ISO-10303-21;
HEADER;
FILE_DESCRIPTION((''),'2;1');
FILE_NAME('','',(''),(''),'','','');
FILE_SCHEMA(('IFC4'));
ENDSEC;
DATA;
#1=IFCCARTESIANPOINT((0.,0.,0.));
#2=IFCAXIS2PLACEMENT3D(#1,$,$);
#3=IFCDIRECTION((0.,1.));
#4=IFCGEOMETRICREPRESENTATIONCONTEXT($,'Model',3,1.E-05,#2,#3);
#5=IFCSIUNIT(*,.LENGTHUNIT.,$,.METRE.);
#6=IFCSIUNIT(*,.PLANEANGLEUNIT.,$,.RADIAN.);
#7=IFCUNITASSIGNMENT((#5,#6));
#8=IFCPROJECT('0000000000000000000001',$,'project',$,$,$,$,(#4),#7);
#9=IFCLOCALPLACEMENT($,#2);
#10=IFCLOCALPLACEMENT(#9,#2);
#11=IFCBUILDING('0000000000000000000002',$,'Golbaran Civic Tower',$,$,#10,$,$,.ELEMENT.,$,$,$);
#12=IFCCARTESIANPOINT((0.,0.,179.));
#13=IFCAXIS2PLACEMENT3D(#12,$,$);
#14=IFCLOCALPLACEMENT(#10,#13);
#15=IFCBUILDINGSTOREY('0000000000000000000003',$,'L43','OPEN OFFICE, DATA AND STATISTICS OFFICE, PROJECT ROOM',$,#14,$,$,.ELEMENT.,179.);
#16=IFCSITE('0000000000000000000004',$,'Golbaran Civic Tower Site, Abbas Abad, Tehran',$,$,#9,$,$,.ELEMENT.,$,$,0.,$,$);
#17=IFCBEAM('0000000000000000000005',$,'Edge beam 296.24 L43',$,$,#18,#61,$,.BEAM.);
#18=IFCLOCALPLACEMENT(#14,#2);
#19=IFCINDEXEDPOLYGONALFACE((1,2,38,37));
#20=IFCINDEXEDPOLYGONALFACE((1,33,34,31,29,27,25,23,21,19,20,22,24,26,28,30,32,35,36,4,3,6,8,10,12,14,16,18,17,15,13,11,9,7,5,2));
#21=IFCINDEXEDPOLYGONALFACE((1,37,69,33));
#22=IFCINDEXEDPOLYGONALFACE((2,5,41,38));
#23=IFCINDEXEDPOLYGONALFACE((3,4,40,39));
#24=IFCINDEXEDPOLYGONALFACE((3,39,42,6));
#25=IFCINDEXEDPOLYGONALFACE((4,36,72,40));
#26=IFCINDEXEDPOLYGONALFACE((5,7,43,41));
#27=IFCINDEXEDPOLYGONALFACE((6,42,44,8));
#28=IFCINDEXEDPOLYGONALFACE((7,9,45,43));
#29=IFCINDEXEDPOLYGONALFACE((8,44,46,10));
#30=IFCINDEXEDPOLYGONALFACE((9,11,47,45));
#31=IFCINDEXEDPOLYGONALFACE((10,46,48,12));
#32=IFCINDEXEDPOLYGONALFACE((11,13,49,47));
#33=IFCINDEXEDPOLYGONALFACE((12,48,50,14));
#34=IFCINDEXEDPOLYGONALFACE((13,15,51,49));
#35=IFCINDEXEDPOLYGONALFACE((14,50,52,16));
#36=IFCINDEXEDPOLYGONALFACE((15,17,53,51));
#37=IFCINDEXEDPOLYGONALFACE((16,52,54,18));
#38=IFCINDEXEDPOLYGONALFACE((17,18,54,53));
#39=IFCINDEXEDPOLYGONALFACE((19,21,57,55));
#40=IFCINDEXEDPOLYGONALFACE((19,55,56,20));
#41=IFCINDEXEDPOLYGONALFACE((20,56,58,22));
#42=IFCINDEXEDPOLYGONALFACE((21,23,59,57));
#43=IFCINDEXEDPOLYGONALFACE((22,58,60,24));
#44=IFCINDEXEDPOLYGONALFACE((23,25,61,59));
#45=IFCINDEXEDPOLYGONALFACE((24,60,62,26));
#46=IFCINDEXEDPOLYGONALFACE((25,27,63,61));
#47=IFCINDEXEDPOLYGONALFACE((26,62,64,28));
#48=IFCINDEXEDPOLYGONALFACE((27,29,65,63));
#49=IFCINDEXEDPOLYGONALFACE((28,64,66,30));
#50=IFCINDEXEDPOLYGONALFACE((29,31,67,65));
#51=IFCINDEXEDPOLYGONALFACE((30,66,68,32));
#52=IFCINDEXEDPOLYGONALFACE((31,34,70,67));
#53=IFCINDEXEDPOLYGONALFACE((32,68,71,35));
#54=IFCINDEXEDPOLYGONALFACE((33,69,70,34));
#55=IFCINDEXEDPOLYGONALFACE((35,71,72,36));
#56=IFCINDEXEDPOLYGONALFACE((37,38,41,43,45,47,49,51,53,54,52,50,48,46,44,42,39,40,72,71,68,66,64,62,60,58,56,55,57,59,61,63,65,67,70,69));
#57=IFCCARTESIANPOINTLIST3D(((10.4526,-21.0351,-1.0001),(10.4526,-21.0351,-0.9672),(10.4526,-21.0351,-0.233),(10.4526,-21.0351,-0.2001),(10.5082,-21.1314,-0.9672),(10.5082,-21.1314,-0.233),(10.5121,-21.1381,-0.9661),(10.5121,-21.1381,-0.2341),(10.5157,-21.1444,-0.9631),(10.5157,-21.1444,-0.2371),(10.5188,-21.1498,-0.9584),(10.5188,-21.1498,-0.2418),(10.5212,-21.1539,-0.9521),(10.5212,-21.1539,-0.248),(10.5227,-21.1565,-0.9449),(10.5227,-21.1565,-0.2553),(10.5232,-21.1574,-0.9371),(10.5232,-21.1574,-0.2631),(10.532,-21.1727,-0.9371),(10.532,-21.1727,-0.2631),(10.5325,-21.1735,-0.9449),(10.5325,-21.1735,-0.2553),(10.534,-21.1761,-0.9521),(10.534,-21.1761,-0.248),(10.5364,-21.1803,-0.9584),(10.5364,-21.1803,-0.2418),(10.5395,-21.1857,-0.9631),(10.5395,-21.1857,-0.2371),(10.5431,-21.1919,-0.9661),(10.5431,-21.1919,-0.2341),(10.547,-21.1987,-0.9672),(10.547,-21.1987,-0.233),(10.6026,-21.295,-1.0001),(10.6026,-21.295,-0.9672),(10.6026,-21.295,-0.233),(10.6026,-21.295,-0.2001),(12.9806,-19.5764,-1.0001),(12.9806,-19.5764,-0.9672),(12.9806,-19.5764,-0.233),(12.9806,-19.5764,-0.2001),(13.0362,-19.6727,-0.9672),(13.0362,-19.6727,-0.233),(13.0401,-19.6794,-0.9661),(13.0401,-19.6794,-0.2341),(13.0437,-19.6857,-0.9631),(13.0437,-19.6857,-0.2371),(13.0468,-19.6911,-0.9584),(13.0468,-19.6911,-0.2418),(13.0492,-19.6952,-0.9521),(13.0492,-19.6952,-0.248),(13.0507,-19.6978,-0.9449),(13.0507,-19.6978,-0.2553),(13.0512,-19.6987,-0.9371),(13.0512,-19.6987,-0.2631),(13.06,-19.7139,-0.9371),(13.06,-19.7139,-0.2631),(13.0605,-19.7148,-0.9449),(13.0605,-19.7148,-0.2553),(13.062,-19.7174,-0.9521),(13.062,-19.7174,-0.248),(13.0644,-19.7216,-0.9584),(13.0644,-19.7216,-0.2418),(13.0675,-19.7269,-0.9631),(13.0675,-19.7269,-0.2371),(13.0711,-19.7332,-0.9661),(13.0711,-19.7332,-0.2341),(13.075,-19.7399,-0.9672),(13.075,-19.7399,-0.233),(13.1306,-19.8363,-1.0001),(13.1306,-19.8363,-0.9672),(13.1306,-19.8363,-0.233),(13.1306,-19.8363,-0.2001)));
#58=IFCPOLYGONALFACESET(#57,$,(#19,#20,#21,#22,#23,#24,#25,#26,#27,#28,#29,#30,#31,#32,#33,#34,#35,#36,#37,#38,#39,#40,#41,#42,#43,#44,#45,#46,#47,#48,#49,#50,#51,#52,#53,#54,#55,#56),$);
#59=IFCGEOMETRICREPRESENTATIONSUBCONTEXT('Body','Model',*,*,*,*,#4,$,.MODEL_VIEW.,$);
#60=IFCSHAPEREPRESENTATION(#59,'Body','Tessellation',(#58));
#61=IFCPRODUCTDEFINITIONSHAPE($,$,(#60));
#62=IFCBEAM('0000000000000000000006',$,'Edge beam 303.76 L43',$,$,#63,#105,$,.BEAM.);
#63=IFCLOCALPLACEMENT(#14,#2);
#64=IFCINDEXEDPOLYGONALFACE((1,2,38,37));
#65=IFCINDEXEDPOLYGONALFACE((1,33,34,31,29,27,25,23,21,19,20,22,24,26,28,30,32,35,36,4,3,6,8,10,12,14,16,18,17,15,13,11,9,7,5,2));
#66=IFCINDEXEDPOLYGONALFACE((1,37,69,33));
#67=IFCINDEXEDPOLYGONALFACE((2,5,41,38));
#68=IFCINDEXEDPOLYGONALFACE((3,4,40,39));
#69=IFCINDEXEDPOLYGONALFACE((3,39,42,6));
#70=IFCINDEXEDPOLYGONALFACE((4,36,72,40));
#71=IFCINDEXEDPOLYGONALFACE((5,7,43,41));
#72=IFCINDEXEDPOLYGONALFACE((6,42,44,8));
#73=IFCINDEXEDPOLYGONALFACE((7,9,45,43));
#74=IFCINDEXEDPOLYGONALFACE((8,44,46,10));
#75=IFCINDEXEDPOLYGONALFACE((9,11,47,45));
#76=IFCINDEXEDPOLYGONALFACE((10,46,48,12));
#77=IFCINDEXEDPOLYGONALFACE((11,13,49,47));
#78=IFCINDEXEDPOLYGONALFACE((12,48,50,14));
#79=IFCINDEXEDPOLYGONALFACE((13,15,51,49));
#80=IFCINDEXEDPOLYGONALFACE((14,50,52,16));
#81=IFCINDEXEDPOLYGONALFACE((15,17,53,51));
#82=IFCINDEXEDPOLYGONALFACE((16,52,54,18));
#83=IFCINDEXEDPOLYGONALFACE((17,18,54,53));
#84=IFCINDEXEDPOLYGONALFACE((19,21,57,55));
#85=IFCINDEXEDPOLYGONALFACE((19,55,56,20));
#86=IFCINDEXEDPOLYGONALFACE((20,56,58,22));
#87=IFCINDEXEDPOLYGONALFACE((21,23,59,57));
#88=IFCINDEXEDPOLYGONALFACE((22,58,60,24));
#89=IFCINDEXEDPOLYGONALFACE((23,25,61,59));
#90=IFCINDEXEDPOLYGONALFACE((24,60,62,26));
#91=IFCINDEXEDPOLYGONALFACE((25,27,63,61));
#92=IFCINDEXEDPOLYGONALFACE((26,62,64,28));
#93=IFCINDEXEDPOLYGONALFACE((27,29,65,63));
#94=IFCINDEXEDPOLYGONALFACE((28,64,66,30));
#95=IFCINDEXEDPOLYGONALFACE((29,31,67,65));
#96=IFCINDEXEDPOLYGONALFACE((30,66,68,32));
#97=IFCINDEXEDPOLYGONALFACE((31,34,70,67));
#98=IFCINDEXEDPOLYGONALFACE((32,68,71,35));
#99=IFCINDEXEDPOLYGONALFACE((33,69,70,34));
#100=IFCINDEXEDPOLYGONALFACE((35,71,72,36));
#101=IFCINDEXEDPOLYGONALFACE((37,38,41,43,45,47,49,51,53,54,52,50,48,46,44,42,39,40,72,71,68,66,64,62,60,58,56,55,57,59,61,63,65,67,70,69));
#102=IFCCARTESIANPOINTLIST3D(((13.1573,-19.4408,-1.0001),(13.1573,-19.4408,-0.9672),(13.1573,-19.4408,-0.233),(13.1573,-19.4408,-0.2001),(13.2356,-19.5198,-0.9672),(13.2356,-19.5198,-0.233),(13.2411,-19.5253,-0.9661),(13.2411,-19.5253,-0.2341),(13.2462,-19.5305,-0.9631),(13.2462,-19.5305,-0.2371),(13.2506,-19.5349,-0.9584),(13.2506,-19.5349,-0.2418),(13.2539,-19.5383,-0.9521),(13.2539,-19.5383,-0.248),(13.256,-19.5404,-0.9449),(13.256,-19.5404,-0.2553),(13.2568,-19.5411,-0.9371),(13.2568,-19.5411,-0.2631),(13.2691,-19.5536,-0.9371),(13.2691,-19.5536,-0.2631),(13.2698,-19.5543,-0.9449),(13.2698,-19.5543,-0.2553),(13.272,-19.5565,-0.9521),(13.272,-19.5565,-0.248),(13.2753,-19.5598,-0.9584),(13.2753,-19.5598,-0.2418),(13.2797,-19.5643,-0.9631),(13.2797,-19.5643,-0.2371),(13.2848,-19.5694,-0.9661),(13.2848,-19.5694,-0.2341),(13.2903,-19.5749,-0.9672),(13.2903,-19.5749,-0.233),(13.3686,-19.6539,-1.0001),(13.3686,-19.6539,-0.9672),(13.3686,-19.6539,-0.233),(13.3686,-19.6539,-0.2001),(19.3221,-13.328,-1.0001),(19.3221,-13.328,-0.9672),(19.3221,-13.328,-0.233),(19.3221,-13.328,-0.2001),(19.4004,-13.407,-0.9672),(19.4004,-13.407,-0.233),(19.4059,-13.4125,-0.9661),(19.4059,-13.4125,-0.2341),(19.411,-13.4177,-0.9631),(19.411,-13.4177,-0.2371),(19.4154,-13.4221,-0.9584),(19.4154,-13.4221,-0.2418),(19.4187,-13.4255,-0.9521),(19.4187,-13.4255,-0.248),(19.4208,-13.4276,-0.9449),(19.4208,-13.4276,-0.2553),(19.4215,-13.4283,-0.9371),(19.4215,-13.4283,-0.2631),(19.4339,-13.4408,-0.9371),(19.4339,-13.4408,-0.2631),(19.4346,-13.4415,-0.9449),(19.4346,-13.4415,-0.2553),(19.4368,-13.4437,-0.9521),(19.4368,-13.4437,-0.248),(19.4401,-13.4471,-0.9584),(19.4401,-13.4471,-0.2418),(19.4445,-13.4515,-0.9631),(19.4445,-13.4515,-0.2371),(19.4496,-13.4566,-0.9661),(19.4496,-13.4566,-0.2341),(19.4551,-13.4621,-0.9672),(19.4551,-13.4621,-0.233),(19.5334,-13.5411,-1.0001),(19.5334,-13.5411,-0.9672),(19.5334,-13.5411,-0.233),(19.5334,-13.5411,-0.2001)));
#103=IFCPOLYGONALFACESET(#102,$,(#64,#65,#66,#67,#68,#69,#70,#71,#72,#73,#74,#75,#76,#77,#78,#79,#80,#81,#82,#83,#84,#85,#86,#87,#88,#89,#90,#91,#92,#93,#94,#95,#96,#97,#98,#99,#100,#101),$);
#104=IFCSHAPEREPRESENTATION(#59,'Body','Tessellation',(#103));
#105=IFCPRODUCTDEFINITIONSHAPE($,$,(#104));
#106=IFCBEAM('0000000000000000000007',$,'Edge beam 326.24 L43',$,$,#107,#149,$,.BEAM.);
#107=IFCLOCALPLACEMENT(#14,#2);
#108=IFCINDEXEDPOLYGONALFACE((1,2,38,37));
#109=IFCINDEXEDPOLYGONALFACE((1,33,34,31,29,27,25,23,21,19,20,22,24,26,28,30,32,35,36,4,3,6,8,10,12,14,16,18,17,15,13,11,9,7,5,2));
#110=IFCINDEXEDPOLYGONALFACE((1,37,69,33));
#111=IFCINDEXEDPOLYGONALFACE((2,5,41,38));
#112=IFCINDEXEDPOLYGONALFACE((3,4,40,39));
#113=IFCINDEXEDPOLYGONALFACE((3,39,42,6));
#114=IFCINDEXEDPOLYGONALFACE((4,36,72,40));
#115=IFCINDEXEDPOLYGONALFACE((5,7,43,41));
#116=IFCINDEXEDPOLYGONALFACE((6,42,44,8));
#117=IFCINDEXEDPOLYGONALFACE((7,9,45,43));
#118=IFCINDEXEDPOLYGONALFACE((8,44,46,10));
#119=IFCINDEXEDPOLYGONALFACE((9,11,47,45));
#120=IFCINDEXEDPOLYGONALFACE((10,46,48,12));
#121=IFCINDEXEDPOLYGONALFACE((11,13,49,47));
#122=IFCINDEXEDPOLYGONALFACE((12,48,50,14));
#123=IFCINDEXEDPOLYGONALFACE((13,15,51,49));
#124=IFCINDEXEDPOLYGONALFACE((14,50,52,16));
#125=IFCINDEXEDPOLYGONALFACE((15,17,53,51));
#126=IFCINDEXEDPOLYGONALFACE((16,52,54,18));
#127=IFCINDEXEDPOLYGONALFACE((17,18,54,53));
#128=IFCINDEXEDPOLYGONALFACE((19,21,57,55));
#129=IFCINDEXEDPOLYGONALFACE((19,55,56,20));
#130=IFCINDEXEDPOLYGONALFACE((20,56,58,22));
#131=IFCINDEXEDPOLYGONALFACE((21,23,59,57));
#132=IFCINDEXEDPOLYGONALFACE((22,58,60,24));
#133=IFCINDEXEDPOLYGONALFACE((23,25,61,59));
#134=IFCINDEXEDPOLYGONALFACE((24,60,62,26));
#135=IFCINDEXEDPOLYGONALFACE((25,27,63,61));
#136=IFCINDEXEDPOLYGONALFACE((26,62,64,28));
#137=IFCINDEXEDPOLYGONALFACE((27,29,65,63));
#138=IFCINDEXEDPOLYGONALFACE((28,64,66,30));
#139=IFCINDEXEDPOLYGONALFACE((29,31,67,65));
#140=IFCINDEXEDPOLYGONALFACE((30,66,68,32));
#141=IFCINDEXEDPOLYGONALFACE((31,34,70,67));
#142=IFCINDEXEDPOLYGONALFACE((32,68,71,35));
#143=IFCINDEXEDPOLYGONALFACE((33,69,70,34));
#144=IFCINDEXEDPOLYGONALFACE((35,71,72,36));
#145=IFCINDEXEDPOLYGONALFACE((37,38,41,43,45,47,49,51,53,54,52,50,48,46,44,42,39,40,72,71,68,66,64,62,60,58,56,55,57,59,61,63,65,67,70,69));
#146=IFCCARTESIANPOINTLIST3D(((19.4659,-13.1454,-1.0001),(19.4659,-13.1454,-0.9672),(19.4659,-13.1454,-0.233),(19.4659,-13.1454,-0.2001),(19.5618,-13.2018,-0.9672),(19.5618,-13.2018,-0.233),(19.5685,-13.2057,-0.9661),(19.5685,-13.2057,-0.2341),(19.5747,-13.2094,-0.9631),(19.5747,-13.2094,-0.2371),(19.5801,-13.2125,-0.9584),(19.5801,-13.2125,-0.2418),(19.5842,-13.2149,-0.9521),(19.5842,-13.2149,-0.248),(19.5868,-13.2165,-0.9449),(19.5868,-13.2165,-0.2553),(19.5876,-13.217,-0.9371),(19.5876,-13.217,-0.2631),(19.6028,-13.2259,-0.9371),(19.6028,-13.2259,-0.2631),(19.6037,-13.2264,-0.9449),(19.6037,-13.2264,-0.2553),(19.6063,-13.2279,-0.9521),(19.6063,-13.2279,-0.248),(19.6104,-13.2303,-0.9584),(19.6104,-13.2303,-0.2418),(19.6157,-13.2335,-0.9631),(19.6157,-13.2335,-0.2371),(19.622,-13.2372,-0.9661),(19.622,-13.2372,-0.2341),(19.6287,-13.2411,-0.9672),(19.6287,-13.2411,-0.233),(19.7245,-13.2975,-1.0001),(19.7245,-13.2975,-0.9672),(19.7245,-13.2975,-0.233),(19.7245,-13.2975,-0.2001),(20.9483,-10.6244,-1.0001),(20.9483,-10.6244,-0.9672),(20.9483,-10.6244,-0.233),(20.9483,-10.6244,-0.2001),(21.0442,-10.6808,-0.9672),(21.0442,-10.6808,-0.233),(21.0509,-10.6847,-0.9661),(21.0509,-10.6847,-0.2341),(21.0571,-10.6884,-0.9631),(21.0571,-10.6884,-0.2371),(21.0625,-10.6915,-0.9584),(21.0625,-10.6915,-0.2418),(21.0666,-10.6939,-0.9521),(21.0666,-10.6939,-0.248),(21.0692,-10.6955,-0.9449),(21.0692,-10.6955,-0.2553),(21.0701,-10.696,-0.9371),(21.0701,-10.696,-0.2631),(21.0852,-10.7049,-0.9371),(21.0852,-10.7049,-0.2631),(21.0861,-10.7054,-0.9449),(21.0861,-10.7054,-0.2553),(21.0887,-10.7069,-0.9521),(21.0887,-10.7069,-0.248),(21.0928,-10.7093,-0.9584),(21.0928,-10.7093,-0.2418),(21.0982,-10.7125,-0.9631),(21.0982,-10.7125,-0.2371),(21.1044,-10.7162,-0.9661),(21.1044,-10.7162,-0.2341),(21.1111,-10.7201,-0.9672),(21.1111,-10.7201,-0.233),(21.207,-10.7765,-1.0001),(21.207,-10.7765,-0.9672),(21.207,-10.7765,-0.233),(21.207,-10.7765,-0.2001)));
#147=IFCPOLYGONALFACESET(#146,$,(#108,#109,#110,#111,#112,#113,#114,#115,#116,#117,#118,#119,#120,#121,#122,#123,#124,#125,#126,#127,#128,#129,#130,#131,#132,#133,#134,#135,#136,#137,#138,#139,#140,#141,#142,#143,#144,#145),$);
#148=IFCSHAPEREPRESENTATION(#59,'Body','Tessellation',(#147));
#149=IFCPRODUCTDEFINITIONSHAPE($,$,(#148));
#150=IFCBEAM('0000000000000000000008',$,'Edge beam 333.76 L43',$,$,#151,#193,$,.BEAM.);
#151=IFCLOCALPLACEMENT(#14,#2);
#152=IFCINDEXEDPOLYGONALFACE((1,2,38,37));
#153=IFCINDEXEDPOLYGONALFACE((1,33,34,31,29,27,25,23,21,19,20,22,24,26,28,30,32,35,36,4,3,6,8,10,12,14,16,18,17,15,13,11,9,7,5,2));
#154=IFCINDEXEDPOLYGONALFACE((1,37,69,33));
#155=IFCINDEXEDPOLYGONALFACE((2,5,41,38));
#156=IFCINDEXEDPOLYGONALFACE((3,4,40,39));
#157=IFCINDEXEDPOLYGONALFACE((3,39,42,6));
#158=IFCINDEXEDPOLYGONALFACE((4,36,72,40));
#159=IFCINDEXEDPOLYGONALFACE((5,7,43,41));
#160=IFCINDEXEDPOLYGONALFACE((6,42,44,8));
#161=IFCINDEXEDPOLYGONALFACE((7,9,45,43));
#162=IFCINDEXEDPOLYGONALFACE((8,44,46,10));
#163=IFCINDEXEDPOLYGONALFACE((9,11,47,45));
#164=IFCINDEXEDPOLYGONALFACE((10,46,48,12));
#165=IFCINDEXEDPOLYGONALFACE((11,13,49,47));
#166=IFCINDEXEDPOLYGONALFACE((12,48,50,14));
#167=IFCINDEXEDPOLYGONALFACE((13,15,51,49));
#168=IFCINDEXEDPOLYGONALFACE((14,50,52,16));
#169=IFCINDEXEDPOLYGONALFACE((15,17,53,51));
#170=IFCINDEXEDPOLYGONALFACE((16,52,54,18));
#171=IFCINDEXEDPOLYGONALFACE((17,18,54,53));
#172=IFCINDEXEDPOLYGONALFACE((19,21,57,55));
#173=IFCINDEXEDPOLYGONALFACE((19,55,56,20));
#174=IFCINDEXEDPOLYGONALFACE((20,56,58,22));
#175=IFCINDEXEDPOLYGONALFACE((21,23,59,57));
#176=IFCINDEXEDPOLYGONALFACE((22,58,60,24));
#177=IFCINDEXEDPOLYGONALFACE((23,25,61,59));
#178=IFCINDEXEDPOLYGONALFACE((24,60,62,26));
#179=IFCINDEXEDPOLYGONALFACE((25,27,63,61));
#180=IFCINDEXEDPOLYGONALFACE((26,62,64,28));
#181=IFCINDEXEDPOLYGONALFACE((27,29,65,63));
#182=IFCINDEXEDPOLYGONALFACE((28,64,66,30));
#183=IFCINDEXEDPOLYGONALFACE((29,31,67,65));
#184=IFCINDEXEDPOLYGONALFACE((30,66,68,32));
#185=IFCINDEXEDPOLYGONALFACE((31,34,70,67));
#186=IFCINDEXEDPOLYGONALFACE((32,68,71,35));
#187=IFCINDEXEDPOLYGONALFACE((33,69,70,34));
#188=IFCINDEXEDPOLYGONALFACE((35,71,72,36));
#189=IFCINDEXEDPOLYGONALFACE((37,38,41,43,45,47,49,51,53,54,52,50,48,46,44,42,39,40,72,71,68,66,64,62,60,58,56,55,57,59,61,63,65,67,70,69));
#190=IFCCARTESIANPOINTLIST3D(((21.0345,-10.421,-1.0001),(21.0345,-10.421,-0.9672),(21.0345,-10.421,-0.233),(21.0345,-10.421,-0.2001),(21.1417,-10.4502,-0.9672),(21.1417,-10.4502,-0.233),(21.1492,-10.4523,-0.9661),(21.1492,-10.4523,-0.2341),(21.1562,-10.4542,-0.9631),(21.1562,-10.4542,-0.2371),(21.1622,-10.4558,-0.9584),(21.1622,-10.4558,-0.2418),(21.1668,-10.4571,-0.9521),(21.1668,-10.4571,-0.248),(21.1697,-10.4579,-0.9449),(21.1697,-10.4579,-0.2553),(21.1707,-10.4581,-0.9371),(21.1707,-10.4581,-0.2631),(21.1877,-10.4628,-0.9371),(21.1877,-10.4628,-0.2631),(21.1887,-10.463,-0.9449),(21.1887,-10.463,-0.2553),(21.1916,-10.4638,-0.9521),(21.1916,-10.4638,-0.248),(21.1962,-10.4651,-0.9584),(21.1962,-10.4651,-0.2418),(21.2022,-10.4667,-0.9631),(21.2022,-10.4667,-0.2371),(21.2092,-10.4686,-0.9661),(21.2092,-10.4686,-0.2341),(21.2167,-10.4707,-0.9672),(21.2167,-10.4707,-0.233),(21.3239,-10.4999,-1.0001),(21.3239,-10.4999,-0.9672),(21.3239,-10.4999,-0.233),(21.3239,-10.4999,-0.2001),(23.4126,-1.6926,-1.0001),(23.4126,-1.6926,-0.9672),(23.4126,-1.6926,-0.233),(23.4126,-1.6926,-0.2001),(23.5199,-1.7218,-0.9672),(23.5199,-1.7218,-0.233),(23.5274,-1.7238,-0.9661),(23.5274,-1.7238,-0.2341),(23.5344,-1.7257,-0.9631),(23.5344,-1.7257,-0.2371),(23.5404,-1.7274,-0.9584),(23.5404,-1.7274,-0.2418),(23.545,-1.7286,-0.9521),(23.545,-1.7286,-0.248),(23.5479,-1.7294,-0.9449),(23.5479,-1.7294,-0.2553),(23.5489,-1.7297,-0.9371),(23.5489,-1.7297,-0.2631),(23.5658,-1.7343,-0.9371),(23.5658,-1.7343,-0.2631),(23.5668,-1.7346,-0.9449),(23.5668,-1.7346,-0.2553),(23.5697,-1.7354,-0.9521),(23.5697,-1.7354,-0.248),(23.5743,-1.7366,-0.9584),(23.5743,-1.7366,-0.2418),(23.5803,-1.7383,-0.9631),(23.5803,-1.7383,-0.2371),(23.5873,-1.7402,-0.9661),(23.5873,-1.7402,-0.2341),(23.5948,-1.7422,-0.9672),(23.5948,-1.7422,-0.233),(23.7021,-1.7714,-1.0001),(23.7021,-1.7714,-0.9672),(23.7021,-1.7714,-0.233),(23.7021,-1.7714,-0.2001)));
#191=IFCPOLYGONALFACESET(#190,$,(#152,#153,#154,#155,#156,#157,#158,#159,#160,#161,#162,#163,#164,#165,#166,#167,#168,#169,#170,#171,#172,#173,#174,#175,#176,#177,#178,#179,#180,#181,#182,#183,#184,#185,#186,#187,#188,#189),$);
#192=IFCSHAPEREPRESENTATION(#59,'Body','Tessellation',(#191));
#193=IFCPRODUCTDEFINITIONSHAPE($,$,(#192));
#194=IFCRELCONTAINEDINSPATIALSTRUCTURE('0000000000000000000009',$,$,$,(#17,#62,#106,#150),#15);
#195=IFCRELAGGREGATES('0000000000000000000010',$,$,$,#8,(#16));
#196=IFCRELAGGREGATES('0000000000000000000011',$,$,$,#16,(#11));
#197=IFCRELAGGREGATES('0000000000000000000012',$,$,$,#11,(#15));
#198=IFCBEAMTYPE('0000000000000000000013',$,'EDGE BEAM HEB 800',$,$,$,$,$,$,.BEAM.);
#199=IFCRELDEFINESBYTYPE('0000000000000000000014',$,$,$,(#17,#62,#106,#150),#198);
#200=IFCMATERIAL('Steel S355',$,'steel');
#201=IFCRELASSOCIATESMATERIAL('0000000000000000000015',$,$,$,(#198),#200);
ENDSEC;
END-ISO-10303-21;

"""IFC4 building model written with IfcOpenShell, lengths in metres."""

from ifc_helpers import new_model, si_unit, direction, frame, origin, origin_2d, place, context, subcontext, project, spatial, i_section, extrude, material, material_profile, profile_set, type_object, element, save


model = new_model("IFC4")

# Units and contexts
model_context = context("Model", 3, precision=1e-05, world=origin(), true_north=direction((0.0, 1.0)))
body_context = subcontext(model_context, "Body", "Model", "MODEL_VIEW")
ifc_project = project(units=[si_unit("LENGTHUNIT", "METRE"), si_unit("PLANEANGLEUNIT", "RADIAN")], contexts=[model_context])

# Site, building, storey
site_placement = place(None, origin())
site = spatial("IfcSite", under=ifc_project, at=site_placement, Name="Golbaran Civic Tower Site, Abbas Abad, Tehran", CompositionType="ELEMENT", RefElevation=0.0)
building_placement = place(site_placement, origin())
building = spatial("IfcBuilding", under=site, at=building_placement, Name="Golbaran Civic Tower", CompositionType="ELEMENT")
storey_placement = place(building_placement, frame((0.0, 0.0, 179.0)))
storey = spatial("IfcBuildingStorey", under=building, at=storey_placement, Name="L43", Description="OPEN OFFICE, DATA AND STATISTICS OFFICE, PROJECT ROOM", CompositionType="ELEMENT", Elevation=179.0)

# Beams
ifc_material_1 = material(Name="Steel S355", Category="steel")
ifc_material_profile_1 = material_profile(ifc_material_1, i_section(OverallWidth=0.3, OverallDepth=0.8, WebThickness=0.0176, FlangeThickness=0.033, FilletRadius=0.03, at=origin_2d()), Name="HEB 800")
ifc_profile_set_1 = profile_set([ifc_material_profile_1], Name="Steel S355")
beam_type_1 = type_object("IfcBeamType", Name="EDGE BEAM HEB 800", PredefinedType="BEAM", material=ifc_profile_set_1)
beam_1_placement = place(storey_placement, frame((10.5276, -21.165, -0.6001), z_axis=(0.866151, 0.499783, 0.0), x_axis=(-0.499783, 0.866151, 0.0)))
element("IfcBeam", 1, at=beam_1_placement, inside=storey, type_object=beam_type_1, Name="Edge beam 296.24 L43", PredefinedType="BEAM", context=body_context, shape_type="SweptSolid", body=[
    extrude(i_section(OverallWidth=0.3, OverallDepth=0.8, WebThickness=0.0176, FlangeThickness=0.033, FilletRadius=0.03, at=origin_2d()), origin(), (0.0, 0.0, 1.0), 2.9187),
])
beam_2_placement = place(storey_placement, frame((13.2629, -19.5474, -0.6001), z_axis=(0.710095, 0.704106, 0.0), x_axis=(-0.704106, 0.710095, 0.0)))
element("IfcBeam", 2, at=beam_2_placement, inside=storey, type_object=beam_type_1, Name="Edge beam 303.76 L43", PredefinedType="BEAM", context=body_context, shape_type="SweptSolid", body=[
    extrude(i_section(OverallWidth=0.3, OverallDepth=0.8, WebThickness=0.0176, FlangeThickness=0.033, FilletRadius=0.03, at=origin_2d()), origin(), (0.0, 0.0, 1.0), 8.6816),
])
beam_3_placement = place(storey_placement, frame((19.5952, -13.2214, -0.6001), z_axis=(0.506889, 0.862011, 0.0), x_axis=(-0.862011, 0.506889, 0.0)))
element("IfcBeam", 3, at=beam_3_placement, inside=storey, type_object=beam_type_1, Name="Edge beam 326.24 L43", PredefinedType="BEAM", context=body_context, shape_type="SweptSolid", body=[
    extrude(i_section(OverallWidth=0.3, OverallDepth=0.8, WebThickness=0.0176, FlangeThickness=0.033, FilletRadius=0.03, at=origin_2d()), origin(), (0.0, 0.0, 1.0), 2.9246),
])
beam_4_placement = place(storey_placement, frame((21.1792, -10.4604, -0.6001), z_axis=(0.262878, 0.964829, 0.0), x_axis=(-0.964829, 0.262878, 0.0)))
element("IfcBeam", 4, at=beam_4_placement, inside=storey, type_object=beam_type_1, Name="Edge beam 333.76 L43", PredefinedType="BEAM", context=body_context, shape_type="SweptSolid", body=[
    extrude(i_section(OverallWidth=0.3, OverallDepth=0.8, WebThickness=0.0176, FlangeThickness=0.033, FilletRadius=0.03, at=origin_2d()), origin(), (0.0, 0.0, 1.0), 9.0466),
])

save(model, "model.ifc")
